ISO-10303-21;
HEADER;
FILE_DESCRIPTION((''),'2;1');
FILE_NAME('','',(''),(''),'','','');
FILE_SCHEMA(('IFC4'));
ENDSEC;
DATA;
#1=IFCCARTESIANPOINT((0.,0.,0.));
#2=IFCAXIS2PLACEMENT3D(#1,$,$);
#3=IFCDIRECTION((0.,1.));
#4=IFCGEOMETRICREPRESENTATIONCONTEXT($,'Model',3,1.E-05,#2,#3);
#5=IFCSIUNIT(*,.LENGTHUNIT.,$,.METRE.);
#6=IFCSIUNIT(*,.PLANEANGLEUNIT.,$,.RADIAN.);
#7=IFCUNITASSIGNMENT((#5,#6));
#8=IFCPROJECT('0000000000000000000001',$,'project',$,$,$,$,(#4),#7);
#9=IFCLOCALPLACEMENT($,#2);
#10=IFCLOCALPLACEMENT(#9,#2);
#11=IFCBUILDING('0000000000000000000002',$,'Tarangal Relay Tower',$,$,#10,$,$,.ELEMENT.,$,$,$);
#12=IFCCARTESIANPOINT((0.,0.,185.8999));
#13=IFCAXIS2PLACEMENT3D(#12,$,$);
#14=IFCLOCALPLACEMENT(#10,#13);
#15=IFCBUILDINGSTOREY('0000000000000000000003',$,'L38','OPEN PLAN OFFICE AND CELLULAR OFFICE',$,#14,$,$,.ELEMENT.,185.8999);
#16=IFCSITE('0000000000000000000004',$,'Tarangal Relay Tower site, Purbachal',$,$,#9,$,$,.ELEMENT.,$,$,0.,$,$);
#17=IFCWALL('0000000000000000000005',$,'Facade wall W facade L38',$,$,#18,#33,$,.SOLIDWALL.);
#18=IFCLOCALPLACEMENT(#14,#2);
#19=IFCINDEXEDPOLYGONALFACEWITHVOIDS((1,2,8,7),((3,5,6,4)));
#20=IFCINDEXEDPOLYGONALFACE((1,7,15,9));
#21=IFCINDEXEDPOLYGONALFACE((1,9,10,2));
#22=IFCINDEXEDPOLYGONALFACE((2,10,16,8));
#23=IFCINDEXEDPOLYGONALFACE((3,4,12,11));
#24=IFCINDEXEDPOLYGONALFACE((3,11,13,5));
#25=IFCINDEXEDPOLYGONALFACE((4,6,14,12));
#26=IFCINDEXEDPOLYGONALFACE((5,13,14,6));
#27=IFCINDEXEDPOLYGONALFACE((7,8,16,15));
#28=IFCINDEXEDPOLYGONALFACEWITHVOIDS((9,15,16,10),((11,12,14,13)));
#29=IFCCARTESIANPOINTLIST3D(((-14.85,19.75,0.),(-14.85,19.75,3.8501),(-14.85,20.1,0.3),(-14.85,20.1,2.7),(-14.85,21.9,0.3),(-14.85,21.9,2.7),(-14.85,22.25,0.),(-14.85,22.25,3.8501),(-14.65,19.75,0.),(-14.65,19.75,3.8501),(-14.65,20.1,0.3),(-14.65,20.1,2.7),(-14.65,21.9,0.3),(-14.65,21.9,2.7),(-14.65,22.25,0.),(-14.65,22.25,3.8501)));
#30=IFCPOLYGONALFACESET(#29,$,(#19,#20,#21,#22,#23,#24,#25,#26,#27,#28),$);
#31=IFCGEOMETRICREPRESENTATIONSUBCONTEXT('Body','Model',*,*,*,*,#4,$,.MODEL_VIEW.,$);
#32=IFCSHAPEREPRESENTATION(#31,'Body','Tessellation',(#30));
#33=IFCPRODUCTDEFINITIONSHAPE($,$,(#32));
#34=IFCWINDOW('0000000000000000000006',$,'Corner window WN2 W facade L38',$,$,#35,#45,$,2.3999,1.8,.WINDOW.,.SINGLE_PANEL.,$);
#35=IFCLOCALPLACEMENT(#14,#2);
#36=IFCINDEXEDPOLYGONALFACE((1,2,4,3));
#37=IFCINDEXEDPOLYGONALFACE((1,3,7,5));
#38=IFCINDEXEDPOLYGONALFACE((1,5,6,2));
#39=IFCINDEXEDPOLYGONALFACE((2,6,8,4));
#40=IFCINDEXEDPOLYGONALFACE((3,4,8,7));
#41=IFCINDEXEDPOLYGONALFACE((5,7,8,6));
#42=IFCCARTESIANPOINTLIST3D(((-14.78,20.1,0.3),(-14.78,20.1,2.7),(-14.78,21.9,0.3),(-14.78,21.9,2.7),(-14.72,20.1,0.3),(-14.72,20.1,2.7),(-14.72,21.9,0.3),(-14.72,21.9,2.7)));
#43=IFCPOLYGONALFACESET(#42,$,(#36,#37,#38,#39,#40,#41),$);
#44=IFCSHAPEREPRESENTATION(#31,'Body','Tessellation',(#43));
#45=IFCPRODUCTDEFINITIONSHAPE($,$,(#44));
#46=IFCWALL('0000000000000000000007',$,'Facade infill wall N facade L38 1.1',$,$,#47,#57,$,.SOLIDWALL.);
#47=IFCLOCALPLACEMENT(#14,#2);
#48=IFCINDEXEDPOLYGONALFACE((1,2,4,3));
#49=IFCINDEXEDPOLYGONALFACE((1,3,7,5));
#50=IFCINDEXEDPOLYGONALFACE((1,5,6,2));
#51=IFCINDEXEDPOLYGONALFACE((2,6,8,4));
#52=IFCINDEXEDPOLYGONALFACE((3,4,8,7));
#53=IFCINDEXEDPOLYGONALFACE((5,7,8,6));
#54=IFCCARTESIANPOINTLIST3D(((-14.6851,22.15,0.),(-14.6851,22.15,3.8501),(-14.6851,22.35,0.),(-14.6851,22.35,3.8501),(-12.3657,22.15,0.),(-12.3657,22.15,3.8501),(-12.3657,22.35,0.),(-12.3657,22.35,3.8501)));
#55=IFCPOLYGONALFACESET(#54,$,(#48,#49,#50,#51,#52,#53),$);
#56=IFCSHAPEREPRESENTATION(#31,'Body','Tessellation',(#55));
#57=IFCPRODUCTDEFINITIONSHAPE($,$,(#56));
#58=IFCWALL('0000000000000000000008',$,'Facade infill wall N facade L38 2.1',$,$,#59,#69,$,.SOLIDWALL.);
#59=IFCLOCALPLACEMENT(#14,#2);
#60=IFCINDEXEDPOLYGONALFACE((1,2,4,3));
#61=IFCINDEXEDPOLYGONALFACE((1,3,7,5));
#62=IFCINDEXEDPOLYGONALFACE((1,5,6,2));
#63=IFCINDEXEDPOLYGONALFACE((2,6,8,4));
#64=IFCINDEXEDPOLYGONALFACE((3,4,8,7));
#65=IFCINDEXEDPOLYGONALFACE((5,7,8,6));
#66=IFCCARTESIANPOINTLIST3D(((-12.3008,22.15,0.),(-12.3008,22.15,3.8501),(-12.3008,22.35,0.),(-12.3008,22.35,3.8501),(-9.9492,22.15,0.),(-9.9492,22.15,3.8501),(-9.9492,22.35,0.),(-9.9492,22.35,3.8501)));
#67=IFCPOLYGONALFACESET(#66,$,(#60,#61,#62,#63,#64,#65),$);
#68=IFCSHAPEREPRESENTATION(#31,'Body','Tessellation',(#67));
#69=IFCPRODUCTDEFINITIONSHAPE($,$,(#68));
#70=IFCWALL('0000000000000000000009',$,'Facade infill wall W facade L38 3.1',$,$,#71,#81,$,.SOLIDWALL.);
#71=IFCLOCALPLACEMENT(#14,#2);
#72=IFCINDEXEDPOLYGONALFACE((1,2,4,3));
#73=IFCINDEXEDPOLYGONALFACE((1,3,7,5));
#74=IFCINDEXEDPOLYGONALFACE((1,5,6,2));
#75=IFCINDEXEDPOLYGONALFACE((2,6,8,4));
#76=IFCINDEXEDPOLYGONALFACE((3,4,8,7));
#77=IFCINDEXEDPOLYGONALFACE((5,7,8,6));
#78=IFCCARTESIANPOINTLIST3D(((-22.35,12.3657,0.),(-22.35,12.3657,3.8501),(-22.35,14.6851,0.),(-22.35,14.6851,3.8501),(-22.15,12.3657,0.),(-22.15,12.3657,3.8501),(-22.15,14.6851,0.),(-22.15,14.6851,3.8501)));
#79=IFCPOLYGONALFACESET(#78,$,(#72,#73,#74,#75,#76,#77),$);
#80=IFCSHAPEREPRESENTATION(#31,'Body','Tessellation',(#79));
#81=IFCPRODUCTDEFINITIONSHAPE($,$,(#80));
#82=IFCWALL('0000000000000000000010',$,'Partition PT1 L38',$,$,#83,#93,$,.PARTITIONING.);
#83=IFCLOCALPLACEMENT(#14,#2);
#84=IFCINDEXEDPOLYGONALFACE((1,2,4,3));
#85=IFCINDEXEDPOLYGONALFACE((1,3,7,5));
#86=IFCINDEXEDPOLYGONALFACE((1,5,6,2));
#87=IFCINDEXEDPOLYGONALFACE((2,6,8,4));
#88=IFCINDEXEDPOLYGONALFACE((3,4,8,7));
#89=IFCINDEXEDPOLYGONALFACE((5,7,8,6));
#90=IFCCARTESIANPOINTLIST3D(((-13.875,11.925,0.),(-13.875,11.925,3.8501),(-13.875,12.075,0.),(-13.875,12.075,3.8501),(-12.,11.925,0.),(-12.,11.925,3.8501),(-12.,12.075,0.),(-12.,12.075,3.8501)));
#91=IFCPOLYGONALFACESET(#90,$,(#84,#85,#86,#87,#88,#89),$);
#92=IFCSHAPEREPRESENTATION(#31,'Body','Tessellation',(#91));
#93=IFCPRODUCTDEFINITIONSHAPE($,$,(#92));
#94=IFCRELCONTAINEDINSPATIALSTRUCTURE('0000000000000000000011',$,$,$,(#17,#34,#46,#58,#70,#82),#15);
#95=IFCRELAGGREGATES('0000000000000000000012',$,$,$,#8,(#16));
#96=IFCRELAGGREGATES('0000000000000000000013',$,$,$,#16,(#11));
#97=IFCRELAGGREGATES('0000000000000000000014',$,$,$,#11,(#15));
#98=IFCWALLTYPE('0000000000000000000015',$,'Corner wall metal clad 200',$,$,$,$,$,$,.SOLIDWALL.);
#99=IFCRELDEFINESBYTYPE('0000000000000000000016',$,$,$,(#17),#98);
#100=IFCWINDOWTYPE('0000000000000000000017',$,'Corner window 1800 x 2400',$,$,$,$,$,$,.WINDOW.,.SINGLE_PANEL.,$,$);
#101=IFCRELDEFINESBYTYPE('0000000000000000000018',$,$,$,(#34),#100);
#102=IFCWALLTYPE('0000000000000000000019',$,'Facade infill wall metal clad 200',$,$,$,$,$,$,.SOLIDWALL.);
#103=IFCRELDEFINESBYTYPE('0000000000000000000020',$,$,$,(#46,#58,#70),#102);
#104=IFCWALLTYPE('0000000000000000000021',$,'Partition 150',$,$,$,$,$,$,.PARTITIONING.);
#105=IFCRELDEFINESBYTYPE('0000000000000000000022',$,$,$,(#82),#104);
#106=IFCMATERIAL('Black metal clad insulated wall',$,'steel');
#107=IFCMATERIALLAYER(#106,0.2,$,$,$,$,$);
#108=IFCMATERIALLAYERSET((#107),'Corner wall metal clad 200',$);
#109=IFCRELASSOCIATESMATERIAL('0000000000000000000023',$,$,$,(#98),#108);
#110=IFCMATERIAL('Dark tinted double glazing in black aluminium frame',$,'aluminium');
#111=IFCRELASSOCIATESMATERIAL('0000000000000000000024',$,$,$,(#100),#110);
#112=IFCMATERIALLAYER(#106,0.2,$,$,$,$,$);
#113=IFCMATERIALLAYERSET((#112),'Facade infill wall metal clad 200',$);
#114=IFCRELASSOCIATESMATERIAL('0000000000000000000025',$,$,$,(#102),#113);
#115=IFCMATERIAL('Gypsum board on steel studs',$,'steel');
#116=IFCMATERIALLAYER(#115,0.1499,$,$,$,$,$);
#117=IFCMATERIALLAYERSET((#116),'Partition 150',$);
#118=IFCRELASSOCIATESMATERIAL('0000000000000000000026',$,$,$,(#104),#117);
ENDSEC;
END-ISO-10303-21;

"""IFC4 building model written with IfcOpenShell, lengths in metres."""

from ifc_helpers import new_model, si_unit, direction, frame, frame_2d, origin, place, context, subcontext, project, spatial, rectangle, extrude, material, layer, layer_set, type_object, element, fill, save


model = new_model("IFC4")

# Units and contexts
model_context = context("Model", 3, precision=1e-05, world=origin(), true_north=direction((0.0, 1.0)))
body_context = subcontext(model_context, "Body", "Model", "MODEL_VIEW")
ifc_project = project(units=[si_unit("LENGTHUNIT", "METRE"), si_unit("PLANEANGLEUNIT", "RADIAN")], contexts=[model_context])

# Site, building, storey
site_placement = place(None, origin())
site = spatial("IfcSite", under=ifc_project, at=site_placement, Name="Tarangal Relay Tower site, Purbachal", CompositionType="ELEMENT", RefElevation=0.0)
building_placement = place(site_placement, origin())
building = spatial("IfcBuilding", under=site, at=building_placement, Name="Tarangal Relay Tower", CompositionType="ELEMENT")
storey_placement = place(building_placement, frame((0.0, 0.0, 185.8999)))
storey = spatial("IfcBuildingStorey", under=building, at=storey_placement, Name="L38", Description="OPEN PLAN OFFICE AND CELLULAR OFFICE", CompositionType="ELEMENT", Elevation=185.8999)

# Shared definitions
ifc_material_1 = material(Name="Black metal clad insulated wall", Category="steel")
ifc_layer_1 = layer(ifc_material_1, 0.2)
ifc_layer_set_1 = layer_set([ifc_layer_1], Name="Corner wall metal clad 200")
wall_type_1 = type_object("IfcWallType", Name="Corner wall metal clad 200", PredefinedType="SOLIDWALL", material=ifc_layer_set_1)

# Shared definitions
ifc_material_2 = material(Name="Dark tinted double glazing in black aluminium frame", Category="aluminium")
window_type = type_object("IfcWindowType", Name="Corner window 1800 x 2400", PartitioningType="SINGLE_PANEL", PredefinedType="WINDOW", material=ifc_material_2)

# Wall, opening, window
wall_1_placement = place(storey_placement, frame((-14.75, 19.75, 0.0), z_axis=(0.0, 0.0, 1.0), x_axis=(0.0, 1.0, 0.0)))
wall_1 = element("IfcWall", 1, at=wall_1_placement, inside=storey, type_object=wall_type_1, Name="Facade wall W facade L38", PredefinedType="SOLIDWALL", context=body_context, shape_type="SweptSolid", body=[
    extrude(rectangle(XDim=2.5, YDim=0.2, at=frame_2d((1.25, 0.0))), origin(), (0.0, 0.0, 1.0), 3.8501),
])
opening_1_placement = place(wall_1_placement, frame((0.3501, 0.0, 0.3)))
opening_1 = element("IfcOpeningElement", 2, at=opening_1_placement, cuts=wall_1, PredefinedType="OPENING", context=body_context, shape_type="SweptSolid", body=[
    extrude(rectangle(XDim=1.8, YDim=2.3999, at=frame_2d((0.8999, 1.2))), frame((0.0, 0.1099, 0.0), z_axis=(0.0, -1.0, 0.0), x_axis=(1.0, 0.0, 0.0)), (0.0, 0.0, 1.0), 0.22),
])
window_1_placement = place(opening_1_placement, origin())
window_1 = element("IfcWindow", 3, at=window_1_placement, inside=storey, type_object=window_type, Name="Corner window WN2 W facade L38", OverallHeight=2.3999, OverallWidth=1.8, PartitioningType="SINGLE_PANEL", PredefinedType="WINDOW", context=body_context, shape_type="SweptSolid", body=[
    extrude(rectangle(XDim=1.8, YDim=2.3999, at=frame_2d((0.8999, 1.2))), frame((0.0, 0.03, 0.0), z_axis=(0.0, -1.0, 0.0), x_axis=(1.0, 0.0, 0.0)), (0.0, 0.0, 1.0), 0.0601),
])
fill(opening_1, window_1)

# Walls
ifc_layer_2 = layer(ifc_material_1, 0.2)
ifc_layer_set_2 = layer_set([ifc_layer_2], Name="Facade infill wall metal clad 200")
wall_type_2 = type_object("IfcWallType", Name="Facade infill wall metal clad 200", PredefinedType="SOLIDWALL", material=ifc_layer_set_2)
wall_2_placement = place(storey_placement, frame((-14.6851, 22.25, 0.0), z_axis=(0.0, 0.0, 1.0), x_axis=(1.0, 0.0, 0.0)))
element("IfcWall", 4, at=wall_2_placement, inside=storey, type_object=wall_type_2, Name="Facade infill wall N facade L38 1.1", PredefinedType="SOLIDWALL", context=body_context, shape_type="SweptSolid", body=[
    extrude(rectangle(XDim=2.3193, YDim=0.2, at=frame_2d((1.1597, 0.0))), origin(), (0.0, 0.0, 1.0), 3.8501),
])
wall_3_placement = place(storey_placement, frame((-12.3008, 22.25, 0.0), z_axis=(0.0, 0.0, 1.0), x_axis=(1.0, 0.0, 0.0)))
element("IfcWall", 5, at=wall_3_placement, inside=storey, type_object=wall_type_2, Name="Facade infill wall N facade L38 2.1", PredefinedType="SOLIDWALL", context=body_context, shape_type="SweptSolid", body=[
    extrude(rectangle(XDim=2.3516, YDim=0.2, at=frame_2d((1.1758, 0.0))), origin(), (0.0, 0.0, 1.0), 3.8501),
])
wall_4_placement = place(storey_placement, frame((-22.25, 12.3657, 0.0), z_axis=(0.0, 0.0, 1.0), x_axis=(0.0, 1.0, 0.0)))
element("IfcWall", 6, at=wall_4_placement, inside=storey, type_object=wall_type_2, Name="Facade infill wall W facade L38 3.1", PredefinedType="SOLIDWALL", context=body_context, shape_type="SweptSolid", body=[
    extrude(rectangle(XDim=2.3193, YDim=0.2, at=frame_2d((1.1597, 0.0))), origin(), (0.0, 0.0, 1.0), 3.8501),
])
ifc_material_3 = material(Name="Gypsum board on steel studs", Category="steel")
ifc_layer_3 = layer(ifc_material_3, 0.1499)
ifc_layer_set_3 = layer_set([ifc_layer_3], Name="Partition 150")
wall_type_3 = type_object("IfcWallType", Name="Partition 150", PredefinedType="PARTITIONING", material=ifc_layer_set_3)
wall_5_placement = place(storey_placement, frame((-13.875, 12.0, 0.0), z_axis=(0.0, 0.0, 1.0), x_axis=(1.0, 0.0, 0.0)))
element("IfcWall", 7, at=wall_5_placement, inside=storey, type_object=wall_type_3, Name="Partition PT1 L38", PredefinedType="PARTITIONING", context=body_context, shape_type="SweptSolid", body=[
    extrude(rectangle(XDim=1.875, YDim=0.1499, at=frame_2d((0.9375, 0.0))), origin(), (0.0, 0.0, 1.0), 3.8501),
])

save(model, "model.ifc")
